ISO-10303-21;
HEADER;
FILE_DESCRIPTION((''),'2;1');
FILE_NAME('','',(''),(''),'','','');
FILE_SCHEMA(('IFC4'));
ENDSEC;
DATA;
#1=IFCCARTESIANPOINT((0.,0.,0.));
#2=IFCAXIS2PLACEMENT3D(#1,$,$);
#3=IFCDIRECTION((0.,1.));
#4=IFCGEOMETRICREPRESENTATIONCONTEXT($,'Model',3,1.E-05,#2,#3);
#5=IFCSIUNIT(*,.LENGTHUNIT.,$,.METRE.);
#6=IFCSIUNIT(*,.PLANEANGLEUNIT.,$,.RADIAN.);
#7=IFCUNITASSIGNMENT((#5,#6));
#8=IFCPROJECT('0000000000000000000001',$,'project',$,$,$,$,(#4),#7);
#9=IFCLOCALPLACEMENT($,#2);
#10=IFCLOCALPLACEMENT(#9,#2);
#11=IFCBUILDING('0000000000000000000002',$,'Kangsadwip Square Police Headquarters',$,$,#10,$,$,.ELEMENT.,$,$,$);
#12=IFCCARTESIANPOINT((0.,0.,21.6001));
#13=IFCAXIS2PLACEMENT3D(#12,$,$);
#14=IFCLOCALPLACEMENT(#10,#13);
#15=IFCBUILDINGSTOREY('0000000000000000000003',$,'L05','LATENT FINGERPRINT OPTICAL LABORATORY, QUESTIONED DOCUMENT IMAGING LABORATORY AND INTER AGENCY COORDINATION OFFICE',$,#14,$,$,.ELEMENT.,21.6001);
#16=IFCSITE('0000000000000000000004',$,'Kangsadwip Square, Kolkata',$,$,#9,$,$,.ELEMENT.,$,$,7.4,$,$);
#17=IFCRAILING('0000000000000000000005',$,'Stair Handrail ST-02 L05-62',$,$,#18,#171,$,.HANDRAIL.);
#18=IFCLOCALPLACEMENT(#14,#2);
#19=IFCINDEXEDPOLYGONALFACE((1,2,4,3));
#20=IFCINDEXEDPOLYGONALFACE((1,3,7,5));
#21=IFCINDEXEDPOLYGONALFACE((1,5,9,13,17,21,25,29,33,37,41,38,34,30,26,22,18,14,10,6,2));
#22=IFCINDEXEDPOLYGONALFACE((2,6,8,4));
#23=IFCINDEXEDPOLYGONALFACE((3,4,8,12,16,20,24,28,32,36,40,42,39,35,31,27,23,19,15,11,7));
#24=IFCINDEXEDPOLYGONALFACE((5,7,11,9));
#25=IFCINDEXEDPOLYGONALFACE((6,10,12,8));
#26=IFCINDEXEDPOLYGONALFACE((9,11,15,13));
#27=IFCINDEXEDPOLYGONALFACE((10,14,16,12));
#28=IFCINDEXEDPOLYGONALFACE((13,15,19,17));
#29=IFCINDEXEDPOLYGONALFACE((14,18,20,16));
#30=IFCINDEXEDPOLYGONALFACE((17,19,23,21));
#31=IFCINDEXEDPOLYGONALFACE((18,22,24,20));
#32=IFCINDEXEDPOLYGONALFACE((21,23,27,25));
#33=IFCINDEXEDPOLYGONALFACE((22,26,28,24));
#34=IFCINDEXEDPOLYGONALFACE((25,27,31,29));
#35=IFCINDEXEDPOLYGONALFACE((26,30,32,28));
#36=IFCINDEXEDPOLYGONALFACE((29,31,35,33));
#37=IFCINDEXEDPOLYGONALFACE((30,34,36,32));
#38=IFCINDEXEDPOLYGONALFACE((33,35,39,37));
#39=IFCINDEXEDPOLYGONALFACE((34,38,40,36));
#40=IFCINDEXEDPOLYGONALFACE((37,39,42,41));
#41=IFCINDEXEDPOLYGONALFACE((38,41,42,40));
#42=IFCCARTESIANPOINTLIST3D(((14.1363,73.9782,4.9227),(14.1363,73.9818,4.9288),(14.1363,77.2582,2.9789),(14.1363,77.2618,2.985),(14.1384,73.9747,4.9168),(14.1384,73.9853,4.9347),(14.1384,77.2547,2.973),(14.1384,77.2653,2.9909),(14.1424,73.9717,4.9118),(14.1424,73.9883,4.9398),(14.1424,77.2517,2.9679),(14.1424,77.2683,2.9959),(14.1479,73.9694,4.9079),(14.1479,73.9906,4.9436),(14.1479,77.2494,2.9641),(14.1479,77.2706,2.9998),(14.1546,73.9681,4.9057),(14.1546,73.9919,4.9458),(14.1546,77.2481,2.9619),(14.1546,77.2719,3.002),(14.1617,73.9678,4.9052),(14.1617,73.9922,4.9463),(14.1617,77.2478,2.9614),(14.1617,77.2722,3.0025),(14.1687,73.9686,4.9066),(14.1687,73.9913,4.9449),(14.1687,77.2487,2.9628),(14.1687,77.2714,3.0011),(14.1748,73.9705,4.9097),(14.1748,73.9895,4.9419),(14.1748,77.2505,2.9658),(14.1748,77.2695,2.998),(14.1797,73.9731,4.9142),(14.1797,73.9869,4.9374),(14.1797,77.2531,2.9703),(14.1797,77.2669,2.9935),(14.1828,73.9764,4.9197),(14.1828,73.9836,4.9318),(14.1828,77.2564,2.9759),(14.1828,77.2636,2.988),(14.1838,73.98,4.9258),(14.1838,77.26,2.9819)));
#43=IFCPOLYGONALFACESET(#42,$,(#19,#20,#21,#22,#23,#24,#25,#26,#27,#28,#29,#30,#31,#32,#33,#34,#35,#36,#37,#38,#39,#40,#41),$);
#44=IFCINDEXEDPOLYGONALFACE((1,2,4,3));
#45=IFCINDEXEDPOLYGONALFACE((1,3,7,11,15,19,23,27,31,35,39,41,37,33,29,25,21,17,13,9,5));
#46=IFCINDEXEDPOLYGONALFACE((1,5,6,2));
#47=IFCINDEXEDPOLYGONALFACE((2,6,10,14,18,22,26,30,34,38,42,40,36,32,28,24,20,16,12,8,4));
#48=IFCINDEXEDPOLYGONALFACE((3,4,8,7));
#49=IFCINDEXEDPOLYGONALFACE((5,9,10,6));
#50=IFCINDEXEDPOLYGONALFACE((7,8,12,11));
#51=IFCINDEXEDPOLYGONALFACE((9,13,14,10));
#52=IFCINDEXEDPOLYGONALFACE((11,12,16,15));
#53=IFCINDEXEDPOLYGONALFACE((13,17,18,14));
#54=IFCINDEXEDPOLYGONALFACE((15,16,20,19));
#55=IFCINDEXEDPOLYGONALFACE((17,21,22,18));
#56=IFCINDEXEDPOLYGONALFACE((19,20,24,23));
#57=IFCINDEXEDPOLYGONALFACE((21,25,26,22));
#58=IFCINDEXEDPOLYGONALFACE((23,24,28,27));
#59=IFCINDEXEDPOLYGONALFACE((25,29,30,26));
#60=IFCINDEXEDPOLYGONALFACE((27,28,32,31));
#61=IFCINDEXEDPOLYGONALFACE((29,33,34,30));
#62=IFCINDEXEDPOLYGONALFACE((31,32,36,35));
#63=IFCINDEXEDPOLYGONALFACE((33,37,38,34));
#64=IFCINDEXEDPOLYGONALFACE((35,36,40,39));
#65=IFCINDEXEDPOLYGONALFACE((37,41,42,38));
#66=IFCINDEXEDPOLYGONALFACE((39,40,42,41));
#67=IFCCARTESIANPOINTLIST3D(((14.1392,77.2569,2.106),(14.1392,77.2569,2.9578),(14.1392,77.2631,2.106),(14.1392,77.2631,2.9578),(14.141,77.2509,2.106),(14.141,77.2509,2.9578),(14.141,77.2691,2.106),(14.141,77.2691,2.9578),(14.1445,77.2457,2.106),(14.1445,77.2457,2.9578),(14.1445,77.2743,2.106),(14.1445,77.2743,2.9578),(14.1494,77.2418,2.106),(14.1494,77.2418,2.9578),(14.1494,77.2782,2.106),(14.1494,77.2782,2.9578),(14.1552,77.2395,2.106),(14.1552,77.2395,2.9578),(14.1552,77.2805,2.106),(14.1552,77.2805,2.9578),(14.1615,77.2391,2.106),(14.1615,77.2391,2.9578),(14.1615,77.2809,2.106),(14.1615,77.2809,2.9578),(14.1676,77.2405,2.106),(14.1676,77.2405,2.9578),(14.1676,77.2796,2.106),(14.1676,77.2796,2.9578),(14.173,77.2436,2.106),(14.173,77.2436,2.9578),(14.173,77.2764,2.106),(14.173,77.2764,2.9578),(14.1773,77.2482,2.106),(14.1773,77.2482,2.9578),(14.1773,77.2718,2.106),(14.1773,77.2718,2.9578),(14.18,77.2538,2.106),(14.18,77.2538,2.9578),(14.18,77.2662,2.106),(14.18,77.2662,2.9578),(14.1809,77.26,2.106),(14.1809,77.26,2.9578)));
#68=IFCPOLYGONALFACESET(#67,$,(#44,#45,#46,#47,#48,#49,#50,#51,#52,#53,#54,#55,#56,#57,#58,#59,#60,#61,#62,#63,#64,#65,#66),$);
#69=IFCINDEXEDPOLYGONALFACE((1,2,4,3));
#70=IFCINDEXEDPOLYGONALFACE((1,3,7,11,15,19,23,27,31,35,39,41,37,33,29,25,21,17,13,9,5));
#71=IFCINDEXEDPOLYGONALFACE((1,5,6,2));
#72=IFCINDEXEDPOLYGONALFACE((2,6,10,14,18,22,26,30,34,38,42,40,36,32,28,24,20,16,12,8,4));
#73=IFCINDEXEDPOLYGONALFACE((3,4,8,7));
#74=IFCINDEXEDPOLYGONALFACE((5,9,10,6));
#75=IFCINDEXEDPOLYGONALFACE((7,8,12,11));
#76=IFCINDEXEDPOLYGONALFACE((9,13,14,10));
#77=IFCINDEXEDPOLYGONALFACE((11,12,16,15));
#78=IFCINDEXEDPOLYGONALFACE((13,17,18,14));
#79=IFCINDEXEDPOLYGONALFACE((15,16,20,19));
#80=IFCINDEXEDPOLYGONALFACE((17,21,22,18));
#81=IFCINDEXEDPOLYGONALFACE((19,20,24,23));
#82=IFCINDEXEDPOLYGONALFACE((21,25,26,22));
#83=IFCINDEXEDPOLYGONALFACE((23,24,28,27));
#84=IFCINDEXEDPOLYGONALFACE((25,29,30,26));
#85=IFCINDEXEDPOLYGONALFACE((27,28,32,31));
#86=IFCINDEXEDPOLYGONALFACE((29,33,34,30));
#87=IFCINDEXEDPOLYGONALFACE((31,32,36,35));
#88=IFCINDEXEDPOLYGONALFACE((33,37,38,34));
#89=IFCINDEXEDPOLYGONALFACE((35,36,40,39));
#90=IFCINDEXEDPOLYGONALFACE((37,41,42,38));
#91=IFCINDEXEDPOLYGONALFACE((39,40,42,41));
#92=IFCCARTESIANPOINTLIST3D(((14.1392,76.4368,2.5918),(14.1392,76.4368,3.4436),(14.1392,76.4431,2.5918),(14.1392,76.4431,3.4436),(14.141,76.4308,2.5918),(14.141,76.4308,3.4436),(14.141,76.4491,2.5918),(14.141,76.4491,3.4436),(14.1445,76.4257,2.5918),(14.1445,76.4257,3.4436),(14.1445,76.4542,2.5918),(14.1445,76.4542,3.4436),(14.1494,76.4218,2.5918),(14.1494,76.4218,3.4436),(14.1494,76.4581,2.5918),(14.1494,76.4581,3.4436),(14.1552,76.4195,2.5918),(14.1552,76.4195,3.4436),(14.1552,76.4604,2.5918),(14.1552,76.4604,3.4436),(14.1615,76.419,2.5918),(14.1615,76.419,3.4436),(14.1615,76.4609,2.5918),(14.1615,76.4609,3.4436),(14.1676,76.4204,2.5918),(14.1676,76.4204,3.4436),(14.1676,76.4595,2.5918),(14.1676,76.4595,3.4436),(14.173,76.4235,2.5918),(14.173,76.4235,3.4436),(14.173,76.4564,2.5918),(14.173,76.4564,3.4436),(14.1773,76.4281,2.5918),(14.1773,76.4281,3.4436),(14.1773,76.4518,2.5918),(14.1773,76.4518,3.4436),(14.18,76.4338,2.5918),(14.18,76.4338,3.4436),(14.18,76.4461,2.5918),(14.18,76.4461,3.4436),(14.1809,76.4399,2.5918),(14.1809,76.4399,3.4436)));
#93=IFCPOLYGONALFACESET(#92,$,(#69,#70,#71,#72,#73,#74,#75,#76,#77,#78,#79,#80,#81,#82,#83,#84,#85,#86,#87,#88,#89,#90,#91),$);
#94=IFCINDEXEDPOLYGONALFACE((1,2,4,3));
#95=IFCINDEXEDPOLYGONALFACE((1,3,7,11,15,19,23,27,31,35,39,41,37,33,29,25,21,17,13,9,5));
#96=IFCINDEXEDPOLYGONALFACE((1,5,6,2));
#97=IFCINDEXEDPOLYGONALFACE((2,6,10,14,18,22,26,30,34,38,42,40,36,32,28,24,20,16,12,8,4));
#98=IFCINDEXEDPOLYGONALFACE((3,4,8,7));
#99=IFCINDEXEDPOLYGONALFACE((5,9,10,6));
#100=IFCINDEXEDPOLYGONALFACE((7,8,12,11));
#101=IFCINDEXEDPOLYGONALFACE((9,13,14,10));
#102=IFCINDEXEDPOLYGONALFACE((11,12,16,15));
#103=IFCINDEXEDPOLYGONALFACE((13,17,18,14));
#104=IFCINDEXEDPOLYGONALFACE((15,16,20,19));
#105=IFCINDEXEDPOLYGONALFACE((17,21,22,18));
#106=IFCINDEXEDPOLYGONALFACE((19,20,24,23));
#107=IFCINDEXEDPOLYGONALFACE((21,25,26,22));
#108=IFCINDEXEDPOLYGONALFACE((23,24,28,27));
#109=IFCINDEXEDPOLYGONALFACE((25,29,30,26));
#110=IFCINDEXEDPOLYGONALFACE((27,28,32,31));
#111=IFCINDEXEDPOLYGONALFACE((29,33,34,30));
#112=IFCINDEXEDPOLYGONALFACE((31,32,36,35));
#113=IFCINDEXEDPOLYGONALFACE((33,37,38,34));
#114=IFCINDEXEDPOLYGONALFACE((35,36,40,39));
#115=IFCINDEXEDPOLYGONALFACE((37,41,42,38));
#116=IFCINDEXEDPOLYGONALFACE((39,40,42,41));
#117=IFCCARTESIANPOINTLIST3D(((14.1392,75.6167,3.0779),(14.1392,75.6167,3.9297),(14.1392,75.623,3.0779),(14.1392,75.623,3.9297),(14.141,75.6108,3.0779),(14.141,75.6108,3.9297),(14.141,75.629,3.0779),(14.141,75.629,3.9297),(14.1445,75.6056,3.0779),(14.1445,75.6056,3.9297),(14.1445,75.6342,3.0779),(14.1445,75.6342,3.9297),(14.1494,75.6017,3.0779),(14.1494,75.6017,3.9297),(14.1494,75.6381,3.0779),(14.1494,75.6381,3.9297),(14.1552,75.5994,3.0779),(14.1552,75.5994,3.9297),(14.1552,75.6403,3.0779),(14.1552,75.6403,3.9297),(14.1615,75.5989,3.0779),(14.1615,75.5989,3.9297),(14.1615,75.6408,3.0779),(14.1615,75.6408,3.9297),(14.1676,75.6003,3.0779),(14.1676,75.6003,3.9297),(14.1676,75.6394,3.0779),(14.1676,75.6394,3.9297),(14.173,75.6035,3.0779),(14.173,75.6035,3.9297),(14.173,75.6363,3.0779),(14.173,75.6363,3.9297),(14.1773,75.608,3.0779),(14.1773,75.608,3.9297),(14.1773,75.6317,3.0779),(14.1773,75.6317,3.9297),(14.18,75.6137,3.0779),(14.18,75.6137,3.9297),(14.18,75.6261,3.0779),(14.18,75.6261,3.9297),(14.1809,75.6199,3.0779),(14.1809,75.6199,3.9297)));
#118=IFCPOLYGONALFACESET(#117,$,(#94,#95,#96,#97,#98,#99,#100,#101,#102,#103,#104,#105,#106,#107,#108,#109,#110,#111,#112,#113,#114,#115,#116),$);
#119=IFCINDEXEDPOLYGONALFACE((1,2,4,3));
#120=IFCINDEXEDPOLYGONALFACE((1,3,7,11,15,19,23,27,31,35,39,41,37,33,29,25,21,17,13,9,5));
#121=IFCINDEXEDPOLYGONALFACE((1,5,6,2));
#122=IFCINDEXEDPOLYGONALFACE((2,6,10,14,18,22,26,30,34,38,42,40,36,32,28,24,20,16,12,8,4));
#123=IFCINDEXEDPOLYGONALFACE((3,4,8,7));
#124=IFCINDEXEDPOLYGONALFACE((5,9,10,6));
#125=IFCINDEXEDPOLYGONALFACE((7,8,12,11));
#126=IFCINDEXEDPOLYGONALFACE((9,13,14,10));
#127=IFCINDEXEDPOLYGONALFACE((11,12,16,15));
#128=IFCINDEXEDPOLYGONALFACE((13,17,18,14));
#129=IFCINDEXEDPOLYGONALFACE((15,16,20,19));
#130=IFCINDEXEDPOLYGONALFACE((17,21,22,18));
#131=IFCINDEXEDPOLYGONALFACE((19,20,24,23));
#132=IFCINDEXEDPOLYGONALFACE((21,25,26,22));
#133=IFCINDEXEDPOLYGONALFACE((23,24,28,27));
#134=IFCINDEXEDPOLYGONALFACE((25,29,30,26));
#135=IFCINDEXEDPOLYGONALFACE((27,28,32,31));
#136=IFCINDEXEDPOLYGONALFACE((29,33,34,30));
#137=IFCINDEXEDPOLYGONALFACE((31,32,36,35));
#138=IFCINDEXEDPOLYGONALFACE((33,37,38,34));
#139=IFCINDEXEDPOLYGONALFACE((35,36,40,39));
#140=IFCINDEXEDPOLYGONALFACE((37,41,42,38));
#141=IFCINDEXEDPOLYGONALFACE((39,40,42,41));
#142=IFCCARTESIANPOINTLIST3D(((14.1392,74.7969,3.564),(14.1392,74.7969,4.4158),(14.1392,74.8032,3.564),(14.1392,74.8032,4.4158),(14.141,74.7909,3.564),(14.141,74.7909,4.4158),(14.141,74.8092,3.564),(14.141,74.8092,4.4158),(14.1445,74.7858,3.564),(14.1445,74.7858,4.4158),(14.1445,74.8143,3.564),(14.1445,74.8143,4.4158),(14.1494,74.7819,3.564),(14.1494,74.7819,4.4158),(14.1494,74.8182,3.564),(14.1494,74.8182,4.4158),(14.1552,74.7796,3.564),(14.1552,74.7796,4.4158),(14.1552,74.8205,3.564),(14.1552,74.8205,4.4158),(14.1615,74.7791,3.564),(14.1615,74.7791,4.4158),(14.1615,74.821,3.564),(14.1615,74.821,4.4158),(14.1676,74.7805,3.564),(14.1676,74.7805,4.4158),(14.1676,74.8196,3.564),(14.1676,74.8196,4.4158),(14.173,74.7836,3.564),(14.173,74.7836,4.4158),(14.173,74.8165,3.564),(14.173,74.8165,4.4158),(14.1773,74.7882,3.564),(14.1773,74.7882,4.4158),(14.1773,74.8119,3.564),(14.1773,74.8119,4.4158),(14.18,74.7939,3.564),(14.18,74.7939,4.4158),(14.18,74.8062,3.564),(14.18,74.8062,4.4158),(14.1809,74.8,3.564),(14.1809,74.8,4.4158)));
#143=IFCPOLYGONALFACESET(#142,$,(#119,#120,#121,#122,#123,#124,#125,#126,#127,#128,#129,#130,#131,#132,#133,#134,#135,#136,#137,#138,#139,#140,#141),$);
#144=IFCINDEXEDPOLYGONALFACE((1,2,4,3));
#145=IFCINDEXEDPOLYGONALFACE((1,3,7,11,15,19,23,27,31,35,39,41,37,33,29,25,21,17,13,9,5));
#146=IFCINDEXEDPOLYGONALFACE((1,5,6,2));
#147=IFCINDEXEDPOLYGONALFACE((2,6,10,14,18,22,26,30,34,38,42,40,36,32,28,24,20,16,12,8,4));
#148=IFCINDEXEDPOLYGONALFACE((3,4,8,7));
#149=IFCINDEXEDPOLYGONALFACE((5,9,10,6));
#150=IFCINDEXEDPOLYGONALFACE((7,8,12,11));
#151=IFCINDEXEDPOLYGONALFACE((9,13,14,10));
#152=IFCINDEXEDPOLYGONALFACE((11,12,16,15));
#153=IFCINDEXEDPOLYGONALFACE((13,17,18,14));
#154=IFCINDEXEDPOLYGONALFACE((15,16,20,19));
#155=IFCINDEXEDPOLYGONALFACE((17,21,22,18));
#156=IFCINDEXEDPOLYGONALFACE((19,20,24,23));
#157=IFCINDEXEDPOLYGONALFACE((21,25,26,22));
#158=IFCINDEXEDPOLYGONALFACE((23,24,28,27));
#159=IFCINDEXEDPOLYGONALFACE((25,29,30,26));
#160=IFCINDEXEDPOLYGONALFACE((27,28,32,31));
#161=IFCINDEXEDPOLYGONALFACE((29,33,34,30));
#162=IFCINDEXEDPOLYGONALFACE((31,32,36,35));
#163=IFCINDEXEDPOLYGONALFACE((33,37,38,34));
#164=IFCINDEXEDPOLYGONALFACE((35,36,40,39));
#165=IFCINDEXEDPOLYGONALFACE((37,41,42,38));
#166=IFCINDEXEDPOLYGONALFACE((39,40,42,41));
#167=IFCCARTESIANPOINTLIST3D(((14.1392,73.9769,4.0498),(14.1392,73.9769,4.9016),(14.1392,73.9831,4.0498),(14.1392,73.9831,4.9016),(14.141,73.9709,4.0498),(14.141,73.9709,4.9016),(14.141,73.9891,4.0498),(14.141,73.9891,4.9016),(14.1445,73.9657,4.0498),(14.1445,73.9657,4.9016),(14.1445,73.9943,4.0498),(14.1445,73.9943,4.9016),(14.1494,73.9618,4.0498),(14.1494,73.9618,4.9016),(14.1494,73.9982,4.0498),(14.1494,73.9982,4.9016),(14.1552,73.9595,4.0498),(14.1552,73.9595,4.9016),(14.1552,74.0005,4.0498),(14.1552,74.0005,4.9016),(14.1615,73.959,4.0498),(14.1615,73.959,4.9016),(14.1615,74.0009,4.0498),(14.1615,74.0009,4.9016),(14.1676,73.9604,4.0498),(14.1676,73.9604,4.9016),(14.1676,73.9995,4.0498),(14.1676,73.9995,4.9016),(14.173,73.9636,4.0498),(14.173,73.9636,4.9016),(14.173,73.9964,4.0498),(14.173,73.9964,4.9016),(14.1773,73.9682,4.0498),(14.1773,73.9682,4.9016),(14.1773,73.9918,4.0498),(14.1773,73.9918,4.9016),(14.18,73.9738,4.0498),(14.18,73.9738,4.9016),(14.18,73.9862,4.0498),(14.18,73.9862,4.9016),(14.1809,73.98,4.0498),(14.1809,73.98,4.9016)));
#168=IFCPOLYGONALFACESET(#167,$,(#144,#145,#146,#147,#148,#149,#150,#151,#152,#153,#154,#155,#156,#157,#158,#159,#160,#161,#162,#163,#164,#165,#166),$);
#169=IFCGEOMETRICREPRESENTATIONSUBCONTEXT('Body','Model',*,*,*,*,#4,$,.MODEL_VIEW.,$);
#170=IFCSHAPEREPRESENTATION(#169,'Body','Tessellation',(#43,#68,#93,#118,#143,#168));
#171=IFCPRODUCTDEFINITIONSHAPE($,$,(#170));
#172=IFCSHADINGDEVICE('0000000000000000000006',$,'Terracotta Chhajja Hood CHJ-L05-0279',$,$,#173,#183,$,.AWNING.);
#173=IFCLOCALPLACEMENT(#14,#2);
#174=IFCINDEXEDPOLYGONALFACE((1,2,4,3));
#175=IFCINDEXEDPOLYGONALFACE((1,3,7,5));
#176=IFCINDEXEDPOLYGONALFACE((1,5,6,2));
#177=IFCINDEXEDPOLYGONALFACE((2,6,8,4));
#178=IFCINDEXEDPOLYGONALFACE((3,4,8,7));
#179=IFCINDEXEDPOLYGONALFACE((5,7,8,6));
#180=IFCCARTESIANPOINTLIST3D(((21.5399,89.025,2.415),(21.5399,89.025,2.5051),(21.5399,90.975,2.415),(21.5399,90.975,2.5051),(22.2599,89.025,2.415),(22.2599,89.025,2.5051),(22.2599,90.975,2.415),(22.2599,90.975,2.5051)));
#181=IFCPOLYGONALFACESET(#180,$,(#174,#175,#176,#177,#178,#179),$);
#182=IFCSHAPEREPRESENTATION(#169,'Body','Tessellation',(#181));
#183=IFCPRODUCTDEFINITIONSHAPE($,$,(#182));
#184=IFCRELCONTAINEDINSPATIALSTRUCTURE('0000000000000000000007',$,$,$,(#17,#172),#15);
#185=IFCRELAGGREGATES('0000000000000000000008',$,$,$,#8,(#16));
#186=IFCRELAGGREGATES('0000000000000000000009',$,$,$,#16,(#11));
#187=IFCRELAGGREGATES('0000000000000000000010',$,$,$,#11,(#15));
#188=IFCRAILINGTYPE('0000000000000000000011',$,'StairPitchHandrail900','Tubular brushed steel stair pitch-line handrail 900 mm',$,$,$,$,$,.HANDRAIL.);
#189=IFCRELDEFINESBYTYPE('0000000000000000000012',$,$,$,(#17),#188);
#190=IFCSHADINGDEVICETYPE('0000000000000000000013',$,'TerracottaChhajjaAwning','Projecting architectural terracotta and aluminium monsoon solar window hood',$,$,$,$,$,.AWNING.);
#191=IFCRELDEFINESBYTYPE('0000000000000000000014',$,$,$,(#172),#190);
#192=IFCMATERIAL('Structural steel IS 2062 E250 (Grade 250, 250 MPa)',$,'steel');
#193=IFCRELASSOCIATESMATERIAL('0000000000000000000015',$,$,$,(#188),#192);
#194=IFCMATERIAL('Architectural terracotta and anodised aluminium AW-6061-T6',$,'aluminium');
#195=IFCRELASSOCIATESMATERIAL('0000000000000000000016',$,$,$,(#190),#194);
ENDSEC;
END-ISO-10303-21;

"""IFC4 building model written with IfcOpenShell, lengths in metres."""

from ifc_helpers import new_model, si_unit, direction, frame, origin, origin_2d, place, context, subcontext, project, spatial, rectangle, circle, extrude, material, type_object, element, save


model = new_model("IFC4")

# Units and contexts
model_context = context("Model", 3, precision=1e-05, world=origin(), true_north=direction((0.0, 1.0)))
body_context = subcontext(model_context, "Body", "Model", "MODEL_VIEW")
ifc_project = project(units=[si_unit("LENGTHUNIT", "METRE"), si_unit("PLANEANGLEUNIT", "RADIAN")], contexts=[model_context])

# Site, building, storey
site_placement = place(None, origin())
site = spatial("IfcSite", under=ifc_project, at=site_placement, Name="Kangsadwip Square, Kolkata", CompositionType="ELEMENT", RefElevation=7.4)
building_placement = place(site_placement, origin())
building = spatial("IfcBuilding", under=site, at=building_placement, Name="Kangsadwip Square Police Headquarters", CompositionType="ELEMENT")
storey_placement = place(building_placement, frame((0.0, 0.0, 21.6001)))
storey = spatial("IfcBuildingStorey", under=building, at=storey_placement, Name="L05", Description="LATENT FINGERPRINT OPTICAL LABORATORY, QUESTIONED DOCUMENT IMAGING LABORATORY AND INTER AGENCY COORDINATION OFFICE", CompositionType="ELEMENT", Elevation=21.6001)

# Railing
ifc_material_1 = material(Name="Structural steel IS 2062 E250 (Grade 250, 250 MPa)", Category="steel")
railing_type = type_object("IfcRailingType", Name="StairPitchHandrail900", Description="Tubular brushed steel stair pitch-line handrail 900 mm", PredefinedType="HANDRAIL", material=ifc_material_1)
railing_placement = place(storey_placement, frame((14.1599, 77.26, 2.106)))
element("IfcRailing", 1, at=railing_placement, inside=storey, type_object=railing_type, Name="Stair Handrail ST-02 L05-62", PredefinedType="HANDRAIL", context=body_context, shape_type="SweptSolid", body=[
    extrude(circle(Radius=0.0239, at=origin_2d()), frame((0.0, 0.0, 0.876), z_axis=(0.0, -0.860277, 0.509827), x_axis=(1.0, 0.0, 0.0)), (0.0, 0.0, 1.0), 3.8127),
    extrude(circle(Radius=0.021, at=origin_2d()), origin(), (0.0, 0.0, 1.0), 0.8518),
    extrude(circle(Radius=0.021, at=origin_2d()), frame((0.0, -0.8201, 0.4858)), (0.0, 0.0, 1.0), 0.8518),
    extrude(circle(Radius=0.021, at=origin_2d()), frame((0.0, -1.6401, 0.9719)), (0.0, 0.0, 1.0), 0.8518),
    extrude(circle(Radius=0.021, at=origin_2d()), frame((0.0, -2.46, 1.458)), (0.0, 0.0, 1.0), 0.8518),
    extrude(circle(Radius=0.021, at=origin_2d()), frame((0.0, -3.28, 1.9438)), (0.0, 0.0, 1.0), 0.8518),
])

# Shading device
ifc_material_2 = material(Name="Architectural terracotta and anodised aluminium AW-6061-T6", Category="aluminium")
shading_device_type = type_object("IfcShadingDeviceType", Name="TerracottaChhajjaAwning", Description="Projecting architectural terracotta and aluminium monsoon solar window hood", PredefinedType="AWNING", material=ifc_material_2)
shading_device_placement = place(storey_placement, frame((21.8999, 90.0, 2.415), z_axis=(0.0, 0.0, 1.0), x_axis=(0.0, 1.0, 0.0)))
element("IfcShadingDevice", 2, at=shading_device_placement, inside=storey, type_object=shading_device_type, Name="Terracotta Chhajja Hood CHJ-L05-0279", PredefinedType="AWNING", context=body_context, shape_type="SweptSolid", body=[
    extrude(rectangle(XDim=1.95, YDim=0.72, at=origin_2d()), origin(), (0.0, 0.0, 1.0), 0.0901),
])

save(model, "model.ifc")
